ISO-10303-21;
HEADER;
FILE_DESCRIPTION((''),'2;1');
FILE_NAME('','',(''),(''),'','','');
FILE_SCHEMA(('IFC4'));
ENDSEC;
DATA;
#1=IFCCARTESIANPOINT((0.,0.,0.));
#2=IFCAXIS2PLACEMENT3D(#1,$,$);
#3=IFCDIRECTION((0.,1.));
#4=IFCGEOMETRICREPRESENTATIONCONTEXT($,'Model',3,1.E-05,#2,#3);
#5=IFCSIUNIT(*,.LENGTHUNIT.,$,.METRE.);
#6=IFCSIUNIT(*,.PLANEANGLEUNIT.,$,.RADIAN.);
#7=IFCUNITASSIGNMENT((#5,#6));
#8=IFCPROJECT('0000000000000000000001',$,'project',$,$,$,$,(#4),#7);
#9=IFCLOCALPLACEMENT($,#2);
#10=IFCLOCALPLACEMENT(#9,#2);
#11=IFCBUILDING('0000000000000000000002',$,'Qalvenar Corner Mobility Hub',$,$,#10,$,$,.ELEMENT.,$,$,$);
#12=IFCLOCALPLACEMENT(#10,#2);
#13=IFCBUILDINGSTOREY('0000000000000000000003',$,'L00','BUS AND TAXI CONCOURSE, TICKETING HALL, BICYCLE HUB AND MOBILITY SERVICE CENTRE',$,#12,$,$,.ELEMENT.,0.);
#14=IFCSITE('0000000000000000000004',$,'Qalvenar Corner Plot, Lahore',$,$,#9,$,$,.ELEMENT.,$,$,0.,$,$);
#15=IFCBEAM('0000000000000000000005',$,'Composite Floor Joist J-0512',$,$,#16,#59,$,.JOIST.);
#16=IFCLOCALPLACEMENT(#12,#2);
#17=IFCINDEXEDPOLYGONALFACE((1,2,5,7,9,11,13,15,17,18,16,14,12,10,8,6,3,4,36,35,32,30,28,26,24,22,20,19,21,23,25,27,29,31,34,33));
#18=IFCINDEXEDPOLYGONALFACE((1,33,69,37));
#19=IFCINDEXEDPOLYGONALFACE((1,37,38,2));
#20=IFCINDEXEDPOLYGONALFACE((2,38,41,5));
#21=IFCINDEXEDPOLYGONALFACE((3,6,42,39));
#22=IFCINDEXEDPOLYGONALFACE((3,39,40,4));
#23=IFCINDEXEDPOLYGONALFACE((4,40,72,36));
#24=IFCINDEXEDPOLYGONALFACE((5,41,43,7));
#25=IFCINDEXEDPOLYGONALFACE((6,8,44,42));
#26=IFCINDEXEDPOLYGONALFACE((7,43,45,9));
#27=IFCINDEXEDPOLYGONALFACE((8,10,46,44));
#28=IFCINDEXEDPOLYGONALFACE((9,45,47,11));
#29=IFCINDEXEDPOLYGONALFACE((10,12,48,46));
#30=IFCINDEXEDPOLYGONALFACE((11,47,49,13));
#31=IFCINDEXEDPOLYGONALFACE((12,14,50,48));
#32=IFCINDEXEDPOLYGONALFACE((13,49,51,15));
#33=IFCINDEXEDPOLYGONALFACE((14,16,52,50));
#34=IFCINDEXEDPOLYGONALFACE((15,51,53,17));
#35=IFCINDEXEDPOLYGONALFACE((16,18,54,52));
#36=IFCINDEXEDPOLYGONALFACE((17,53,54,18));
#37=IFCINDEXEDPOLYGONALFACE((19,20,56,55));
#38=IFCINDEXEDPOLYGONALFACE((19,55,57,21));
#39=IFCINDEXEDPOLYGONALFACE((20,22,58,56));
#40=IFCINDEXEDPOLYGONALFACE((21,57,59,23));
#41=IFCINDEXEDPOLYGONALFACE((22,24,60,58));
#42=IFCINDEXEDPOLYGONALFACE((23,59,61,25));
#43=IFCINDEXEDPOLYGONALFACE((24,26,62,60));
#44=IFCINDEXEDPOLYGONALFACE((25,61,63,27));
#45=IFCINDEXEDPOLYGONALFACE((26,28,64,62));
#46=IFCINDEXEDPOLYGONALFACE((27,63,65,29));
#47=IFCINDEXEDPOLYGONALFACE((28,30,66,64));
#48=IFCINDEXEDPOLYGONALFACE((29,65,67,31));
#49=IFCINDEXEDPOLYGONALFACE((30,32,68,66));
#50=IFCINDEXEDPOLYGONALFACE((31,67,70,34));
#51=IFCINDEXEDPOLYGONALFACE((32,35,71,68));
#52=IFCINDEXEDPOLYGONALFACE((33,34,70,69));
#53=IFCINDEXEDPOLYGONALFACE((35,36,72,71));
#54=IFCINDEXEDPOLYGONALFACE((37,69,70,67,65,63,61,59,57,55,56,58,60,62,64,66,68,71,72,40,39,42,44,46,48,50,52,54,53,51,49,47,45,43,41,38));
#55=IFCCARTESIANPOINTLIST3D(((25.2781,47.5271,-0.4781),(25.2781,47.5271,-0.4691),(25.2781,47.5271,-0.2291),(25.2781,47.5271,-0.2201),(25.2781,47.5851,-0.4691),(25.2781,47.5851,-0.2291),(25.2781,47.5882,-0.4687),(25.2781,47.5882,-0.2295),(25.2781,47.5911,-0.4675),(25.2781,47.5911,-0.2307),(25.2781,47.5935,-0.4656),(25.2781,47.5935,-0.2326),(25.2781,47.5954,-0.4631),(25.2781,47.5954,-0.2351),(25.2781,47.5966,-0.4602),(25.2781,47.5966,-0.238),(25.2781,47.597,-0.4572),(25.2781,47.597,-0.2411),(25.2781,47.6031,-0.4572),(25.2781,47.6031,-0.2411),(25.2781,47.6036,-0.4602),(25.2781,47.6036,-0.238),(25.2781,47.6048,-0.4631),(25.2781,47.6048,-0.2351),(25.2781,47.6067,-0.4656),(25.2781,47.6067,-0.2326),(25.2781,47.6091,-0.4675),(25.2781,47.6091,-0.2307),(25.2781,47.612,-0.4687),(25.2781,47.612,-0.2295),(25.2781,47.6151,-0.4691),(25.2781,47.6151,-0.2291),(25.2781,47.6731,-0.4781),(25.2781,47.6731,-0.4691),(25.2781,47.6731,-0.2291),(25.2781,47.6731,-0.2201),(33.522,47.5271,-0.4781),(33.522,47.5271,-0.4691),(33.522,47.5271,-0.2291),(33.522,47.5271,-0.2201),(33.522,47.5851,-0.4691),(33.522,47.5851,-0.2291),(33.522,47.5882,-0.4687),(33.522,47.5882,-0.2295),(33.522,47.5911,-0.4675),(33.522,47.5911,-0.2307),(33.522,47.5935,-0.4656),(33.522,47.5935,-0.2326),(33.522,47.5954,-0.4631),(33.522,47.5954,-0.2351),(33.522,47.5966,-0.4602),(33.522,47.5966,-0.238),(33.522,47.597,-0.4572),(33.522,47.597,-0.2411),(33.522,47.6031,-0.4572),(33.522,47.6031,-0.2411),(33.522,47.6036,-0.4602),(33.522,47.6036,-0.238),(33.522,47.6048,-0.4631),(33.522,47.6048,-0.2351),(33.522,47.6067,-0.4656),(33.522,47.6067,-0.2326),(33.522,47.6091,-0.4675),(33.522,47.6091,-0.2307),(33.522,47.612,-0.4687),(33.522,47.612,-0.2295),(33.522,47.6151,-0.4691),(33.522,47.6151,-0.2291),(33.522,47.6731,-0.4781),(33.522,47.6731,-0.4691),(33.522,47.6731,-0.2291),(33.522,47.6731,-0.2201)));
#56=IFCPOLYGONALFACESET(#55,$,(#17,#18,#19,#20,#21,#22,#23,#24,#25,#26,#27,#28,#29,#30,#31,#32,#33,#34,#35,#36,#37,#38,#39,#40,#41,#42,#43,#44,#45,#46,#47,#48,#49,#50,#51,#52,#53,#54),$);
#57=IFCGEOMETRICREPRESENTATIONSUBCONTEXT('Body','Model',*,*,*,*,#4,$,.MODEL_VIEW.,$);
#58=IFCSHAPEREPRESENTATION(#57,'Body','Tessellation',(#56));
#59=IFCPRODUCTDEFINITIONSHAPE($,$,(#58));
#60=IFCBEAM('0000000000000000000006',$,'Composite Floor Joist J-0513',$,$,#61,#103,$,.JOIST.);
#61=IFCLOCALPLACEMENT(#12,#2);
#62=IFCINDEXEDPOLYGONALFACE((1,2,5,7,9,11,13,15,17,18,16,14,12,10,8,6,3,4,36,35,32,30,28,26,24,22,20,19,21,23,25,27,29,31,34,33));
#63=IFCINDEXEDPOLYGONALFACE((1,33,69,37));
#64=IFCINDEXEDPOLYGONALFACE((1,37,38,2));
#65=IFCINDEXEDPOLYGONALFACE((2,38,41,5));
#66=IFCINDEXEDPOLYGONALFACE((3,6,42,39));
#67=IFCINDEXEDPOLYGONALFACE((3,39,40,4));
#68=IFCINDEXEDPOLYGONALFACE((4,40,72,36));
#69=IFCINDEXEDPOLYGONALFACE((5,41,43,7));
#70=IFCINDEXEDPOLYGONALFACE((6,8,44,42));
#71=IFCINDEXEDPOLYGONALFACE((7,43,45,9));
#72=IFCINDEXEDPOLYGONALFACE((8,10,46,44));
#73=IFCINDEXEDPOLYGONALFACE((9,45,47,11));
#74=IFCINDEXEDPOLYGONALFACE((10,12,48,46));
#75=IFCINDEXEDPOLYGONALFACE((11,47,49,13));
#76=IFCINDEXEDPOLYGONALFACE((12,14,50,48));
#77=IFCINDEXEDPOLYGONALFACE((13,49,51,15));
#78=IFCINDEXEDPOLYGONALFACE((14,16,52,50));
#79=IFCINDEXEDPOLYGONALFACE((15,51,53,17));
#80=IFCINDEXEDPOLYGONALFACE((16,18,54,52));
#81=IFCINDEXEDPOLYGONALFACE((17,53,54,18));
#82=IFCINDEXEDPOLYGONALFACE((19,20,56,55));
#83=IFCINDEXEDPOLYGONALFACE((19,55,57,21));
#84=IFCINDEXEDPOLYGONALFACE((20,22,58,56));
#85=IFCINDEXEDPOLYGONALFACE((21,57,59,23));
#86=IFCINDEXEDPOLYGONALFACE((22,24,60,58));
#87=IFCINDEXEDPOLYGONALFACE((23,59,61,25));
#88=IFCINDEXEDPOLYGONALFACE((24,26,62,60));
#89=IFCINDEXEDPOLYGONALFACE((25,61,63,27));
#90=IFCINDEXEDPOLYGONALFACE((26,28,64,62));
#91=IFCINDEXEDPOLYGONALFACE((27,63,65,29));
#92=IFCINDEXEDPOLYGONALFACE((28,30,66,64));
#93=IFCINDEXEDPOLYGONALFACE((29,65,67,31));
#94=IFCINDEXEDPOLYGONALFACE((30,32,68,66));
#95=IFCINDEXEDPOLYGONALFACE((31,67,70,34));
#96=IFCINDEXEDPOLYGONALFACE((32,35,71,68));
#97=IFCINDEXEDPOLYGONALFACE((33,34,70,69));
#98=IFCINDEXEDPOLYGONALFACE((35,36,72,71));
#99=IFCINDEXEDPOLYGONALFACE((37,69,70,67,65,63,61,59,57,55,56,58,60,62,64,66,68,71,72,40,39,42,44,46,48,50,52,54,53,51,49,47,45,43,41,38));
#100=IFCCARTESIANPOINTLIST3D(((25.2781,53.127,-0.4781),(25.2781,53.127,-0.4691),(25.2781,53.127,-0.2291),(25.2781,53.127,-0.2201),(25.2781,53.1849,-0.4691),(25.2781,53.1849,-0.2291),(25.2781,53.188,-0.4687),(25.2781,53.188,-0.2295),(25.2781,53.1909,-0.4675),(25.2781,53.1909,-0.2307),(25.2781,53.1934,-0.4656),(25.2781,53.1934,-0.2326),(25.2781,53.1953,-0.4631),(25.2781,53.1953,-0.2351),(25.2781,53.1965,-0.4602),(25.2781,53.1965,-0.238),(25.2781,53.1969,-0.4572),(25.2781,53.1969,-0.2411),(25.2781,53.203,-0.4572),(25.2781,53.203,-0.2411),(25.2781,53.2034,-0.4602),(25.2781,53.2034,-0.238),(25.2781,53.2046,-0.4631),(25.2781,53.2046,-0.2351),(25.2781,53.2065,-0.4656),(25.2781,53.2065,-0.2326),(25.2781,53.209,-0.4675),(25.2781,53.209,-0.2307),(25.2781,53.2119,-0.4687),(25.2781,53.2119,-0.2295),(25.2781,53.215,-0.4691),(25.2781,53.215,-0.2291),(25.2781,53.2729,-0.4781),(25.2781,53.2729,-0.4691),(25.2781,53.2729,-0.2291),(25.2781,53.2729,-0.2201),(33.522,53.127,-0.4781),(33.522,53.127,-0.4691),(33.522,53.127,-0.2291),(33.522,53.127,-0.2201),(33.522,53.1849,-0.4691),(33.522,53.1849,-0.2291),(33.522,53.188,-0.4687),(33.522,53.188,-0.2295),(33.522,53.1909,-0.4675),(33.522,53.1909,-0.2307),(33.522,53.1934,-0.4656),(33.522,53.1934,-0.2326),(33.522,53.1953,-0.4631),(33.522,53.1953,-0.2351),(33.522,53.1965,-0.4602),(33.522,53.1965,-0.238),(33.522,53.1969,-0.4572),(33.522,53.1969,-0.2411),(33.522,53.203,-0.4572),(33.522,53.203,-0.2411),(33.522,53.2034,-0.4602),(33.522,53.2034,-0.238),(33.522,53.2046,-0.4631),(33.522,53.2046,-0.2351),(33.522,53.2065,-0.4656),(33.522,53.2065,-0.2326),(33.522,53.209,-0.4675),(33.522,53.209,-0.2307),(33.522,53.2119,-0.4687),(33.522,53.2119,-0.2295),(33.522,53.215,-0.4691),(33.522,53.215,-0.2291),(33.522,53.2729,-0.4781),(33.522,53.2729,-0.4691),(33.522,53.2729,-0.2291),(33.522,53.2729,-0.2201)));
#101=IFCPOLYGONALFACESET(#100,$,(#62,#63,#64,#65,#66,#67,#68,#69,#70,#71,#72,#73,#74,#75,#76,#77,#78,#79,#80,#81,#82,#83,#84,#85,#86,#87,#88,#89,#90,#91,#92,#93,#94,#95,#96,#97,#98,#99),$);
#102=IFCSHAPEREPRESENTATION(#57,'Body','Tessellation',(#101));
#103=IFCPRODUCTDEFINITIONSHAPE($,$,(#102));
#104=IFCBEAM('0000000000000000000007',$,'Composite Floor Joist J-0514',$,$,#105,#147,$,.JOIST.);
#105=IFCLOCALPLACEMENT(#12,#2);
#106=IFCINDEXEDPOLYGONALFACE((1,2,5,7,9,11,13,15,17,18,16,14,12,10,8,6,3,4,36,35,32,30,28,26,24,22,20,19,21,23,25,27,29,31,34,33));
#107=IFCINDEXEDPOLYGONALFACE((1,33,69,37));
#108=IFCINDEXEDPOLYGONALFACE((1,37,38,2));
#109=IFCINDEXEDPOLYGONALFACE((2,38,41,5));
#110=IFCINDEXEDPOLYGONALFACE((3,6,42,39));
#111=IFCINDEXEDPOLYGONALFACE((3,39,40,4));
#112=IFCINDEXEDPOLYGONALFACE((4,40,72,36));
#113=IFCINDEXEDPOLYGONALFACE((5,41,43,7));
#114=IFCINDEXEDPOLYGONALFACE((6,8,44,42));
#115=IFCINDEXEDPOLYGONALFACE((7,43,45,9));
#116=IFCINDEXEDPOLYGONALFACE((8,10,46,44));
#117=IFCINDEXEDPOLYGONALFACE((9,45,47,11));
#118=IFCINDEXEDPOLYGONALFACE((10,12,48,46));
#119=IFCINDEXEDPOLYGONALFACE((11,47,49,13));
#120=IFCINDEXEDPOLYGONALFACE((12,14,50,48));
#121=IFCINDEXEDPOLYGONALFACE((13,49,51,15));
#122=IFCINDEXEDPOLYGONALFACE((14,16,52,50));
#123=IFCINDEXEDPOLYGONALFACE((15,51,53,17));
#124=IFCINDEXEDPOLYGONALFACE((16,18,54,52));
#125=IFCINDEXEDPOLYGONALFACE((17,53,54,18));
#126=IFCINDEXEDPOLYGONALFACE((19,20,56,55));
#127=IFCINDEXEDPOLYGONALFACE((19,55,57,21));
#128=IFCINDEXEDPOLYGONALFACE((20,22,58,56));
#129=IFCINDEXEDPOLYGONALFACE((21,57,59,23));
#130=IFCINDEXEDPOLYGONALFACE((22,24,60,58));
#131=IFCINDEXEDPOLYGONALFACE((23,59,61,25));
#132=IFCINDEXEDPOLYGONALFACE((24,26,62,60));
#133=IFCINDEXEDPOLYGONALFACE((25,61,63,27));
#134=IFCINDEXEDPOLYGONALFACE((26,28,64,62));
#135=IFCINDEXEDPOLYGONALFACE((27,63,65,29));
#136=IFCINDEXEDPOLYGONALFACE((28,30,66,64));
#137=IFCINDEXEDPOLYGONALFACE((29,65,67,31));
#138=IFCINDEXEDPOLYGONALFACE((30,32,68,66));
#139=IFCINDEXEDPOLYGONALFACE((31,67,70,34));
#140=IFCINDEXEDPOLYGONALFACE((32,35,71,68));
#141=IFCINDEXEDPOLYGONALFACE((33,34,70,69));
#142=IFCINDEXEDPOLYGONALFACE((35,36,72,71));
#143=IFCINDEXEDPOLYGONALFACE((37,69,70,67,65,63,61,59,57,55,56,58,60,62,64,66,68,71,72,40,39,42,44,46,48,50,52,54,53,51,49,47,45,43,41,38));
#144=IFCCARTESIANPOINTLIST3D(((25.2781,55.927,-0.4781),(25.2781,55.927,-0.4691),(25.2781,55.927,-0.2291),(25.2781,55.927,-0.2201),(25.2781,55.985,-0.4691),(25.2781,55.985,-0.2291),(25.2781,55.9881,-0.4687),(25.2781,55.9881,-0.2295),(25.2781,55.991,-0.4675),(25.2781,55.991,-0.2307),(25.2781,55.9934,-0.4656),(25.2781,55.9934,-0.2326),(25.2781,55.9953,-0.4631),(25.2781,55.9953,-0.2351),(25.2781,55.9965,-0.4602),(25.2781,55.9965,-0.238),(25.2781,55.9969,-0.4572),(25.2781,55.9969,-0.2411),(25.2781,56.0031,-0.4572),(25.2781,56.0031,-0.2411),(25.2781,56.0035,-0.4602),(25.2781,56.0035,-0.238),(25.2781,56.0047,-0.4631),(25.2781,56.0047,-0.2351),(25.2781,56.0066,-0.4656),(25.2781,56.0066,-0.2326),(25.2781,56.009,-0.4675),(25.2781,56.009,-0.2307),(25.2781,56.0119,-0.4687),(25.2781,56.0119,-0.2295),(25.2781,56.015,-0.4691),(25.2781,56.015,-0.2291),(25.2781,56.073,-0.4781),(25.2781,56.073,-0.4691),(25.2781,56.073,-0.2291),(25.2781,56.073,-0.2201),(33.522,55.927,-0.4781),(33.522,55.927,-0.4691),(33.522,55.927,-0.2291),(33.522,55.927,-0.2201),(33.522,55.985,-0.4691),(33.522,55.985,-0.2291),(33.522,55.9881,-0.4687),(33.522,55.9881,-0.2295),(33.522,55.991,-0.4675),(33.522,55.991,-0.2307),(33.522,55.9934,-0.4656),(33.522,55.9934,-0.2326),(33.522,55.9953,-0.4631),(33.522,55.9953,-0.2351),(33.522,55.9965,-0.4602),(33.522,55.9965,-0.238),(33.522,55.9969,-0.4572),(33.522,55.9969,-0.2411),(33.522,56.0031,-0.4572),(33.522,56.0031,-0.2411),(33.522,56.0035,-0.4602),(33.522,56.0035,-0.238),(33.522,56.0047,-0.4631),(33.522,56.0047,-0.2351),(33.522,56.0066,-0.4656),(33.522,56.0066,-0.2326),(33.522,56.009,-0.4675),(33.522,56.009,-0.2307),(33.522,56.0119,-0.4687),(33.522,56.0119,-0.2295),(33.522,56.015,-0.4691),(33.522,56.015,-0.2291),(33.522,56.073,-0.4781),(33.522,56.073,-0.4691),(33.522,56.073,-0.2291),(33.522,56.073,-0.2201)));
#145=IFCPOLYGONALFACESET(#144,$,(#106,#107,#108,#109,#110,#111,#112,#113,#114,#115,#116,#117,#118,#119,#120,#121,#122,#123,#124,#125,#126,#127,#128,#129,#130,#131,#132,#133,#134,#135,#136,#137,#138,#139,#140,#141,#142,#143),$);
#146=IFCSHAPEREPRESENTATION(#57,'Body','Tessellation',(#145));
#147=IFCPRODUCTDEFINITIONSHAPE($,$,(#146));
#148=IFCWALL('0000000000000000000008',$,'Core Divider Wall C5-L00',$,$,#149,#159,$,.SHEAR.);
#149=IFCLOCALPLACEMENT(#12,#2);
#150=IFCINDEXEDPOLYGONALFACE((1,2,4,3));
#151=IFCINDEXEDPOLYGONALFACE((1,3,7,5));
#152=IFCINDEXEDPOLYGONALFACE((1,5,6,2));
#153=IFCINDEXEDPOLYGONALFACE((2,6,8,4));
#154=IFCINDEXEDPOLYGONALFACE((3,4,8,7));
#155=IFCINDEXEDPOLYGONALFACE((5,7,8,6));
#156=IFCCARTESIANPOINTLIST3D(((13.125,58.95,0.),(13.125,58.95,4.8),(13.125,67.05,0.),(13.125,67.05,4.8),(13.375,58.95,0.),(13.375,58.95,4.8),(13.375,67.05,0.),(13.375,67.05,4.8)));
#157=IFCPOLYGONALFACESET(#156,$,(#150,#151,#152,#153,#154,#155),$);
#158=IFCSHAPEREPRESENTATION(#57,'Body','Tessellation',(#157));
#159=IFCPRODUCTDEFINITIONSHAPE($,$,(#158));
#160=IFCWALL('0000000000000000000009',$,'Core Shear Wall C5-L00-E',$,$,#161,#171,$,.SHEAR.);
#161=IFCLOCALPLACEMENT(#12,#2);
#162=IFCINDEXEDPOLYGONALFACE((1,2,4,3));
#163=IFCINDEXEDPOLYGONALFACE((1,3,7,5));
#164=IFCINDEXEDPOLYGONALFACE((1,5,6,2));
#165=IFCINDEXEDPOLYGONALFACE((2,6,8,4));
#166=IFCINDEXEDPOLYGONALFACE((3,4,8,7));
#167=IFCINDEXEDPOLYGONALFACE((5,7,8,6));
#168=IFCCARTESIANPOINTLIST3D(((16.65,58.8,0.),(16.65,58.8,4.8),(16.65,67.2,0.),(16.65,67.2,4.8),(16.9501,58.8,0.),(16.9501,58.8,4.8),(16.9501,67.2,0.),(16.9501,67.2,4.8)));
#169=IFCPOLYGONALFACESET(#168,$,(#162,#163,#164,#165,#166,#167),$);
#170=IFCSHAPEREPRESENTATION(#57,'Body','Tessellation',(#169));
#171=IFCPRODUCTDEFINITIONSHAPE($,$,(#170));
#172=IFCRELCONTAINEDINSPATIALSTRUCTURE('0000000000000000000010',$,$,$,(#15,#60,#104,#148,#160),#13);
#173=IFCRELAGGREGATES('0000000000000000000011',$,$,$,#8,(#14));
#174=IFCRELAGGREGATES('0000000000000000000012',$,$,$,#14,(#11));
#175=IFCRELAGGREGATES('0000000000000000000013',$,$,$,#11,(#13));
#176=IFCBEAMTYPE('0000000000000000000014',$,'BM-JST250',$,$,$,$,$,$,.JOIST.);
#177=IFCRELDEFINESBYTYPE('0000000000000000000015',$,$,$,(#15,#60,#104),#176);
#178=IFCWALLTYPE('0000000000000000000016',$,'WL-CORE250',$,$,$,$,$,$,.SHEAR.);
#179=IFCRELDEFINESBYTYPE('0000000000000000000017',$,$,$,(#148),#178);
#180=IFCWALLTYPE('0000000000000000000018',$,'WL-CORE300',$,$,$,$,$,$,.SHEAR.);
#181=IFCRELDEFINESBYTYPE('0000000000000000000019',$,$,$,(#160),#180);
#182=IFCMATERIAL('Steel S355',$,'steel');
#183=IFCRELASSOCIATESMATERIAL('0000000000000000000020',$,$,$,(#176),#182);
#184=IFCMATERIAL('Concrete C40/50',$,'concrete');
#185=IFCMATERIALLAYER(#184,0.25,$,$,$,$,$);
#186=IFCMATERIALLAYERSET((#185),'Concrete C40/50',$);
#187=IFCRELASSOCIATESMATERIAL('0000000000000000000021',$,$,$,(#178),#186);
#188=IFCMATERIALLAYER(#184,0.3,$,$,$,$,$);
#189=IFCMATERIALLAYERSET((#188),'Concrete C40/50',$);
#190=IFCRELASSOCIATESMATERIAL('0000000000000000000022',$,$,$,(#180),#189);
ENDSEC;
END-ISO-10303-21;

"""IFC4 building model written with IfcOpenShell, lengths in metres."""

from ifc_helpers import new_model, si_unit, direction, frame, frame_2d, origin, origin_2d, place, context, subcontext, project, spatial, rectangle, i_section, extrude, material, layer, layer_set, material_profile, profile_set, type_object, element, save


model = new_model("IFC4")

# Units and contexts
model_context = context("Model", 3, precision=1e-05, world=origin(), true_north=direction((0.0, 1.0)))
body_context = subcontext(model_context, "Body", "Model", "MODEL_VIEW")
ifc_project = project(units=[si_unit("LENGTHUNIT", "METRE"), si_unit("PLANEANGLEUNIT", "RADIAN")], contexts=[model_context])

# Site, building, storey
site_placement = place(None, origin())
site = spatial("IfcSite", under=ifc_project, at=site_placement, Name="Qalvenar Corner Plot, Lahore", CompositionType="ELEMENT", RefElevation=0.0)
building_placement = place(site_placement, origin())
building = spatial("IfcBuilding", under=site, at=building_placement, Name="Qalvenar Corner Mobility Hub", CompositionType="ELEMENT")
storey_placement = place(building_placement, origin())
storey = spatial("IfcBuildingStorey", under=building, at=storey_placement, Name="L00", Description="BUS AND TAXI CONCOURSE, TICKETING HALL, BICYCLE HUB AND MOBILITY SERVICE CENTRE", CompositionType="ELEMENT", Elevation=0.0)

# Shared definitions
ifc_material_1 = material(Name="Steel S355", Category="steel")

# Beams
ifc_material_profile_1 = material_profile(ifc_material_1, i_section(OverallWidth=0.146, OverallDepth=0.2581, WebThickness=0.0061, FlangeThickness=0.009, FilletRadius=0.012, at=origin_2d()), Name="W250x32.7")
ifc_profile_set_1 = profile_set([ifc_material_profile_1], Name="Steel S355")
beam_type_1 = type_object("IfcBeamType", Name="BM-JST250", PredefinedType="JOIST", material=ifc_profile_set_1)
for number, where, z_axis, x_axis, name in (
    (1, (25.2781, 47.6001, -0.3491), (1.0, 0.0, 0.0), (0.0, 1.0, 0.0), "Composite Floor Joist J-0512"),
    (2, (25.2781, 53.2, -0.3491), (1.0, 0.0, 0.0), (0.0, 1.0, 0.0), "Composite Floor Joist J-0513"),
    (3, (25.2781, 56.0, -0.3491), (1.0, 0.0, 0.0), (0.0, 1.0, 0.0), "Composite Floor Joist J-0514"),
):
    element("IfcBeam", number, at=place(storey_placement, frame(where, z_axis=z_axis, x_axis=x_axis)), inside=storey, type_object=beam_type_1, Name=name, PredefinedType="JOIST", context=body_context, shape_type="SweptSolid", body=[
        extrude(i_section(OverallWidth=0.146, OverallDepth=0.2581, WebThickness=0.0061, FlangeThickness=0.009, FilletRadius=0.012, at=origin_2d()), origin(), (0.0, 0.0, 1.0), 8.2439),
    ])

# Walls
ifc_material_2 = material(Name="Concrete C40/50", Category="concrete")
ifc_layer_1 = layer(ifc_material_2, 0.25)
ifc_layer_set_1 = layer_set([ifc_layer_1], Name="Concrete C40/50")
wall_type_1 = type_object("IfcWallType", Name="WL-CORE250", PredefinedType="SHEAR", material=ifc_layer_set_1)
wall_1_placement = place(storey_placement, frame((13.25, 58.95, 0.0), z_axis=(0.0, 0.0, 1.0), x_axis=(0.0, 1.0, 0.0)))
element("IfcWall", 4, at=wall_1_placement, inside=storey, type_object=wall_type_1, Name="Core Divider Wall C5-L00", PredefinedType="SHEAR", context=body_context, shape_type="SweptSolid", body=[
    extrude(rectangle(XDim=8.1001, YDim=0.25, at=frame_2d((4.05, 0.0))), origin(), (0.0, 0.0, 1.0), 4.8),
])
ifc_layer_2 = layer(ifc_material_2, 0.3)
ifc_layer_set_2 = layer_set([ifc_layer_2], Name="Concrete C40/50")
wall_type_2 = type_object("IfcWallType", Name="WL-CORE300", PredefinedType="SHEAR", material=ifc_layer_set_2)
wall_2_placement = place(storey_placement, frame((16.8, 58.8, 0.0), z_axis=(0.0, 0.0, 1.0), x_axis=(0.0, 1.0, 0.0)))
element("IfcWall", 5, at=wall_2_placement, inside=storey, type_object=wall_type_2, Name="Core Shear Wall C5-L00-E", PredefinedType="SHEAR", context=body_context, shape_type="SweptSolid", body=[
    extrude(rectangle(XDim=8.3999, YDim=0.3, at=frame_2d((4.2, 0.0))), origin(), (0.0, 0.0, 1.0), 4.8),
])

save(model, "model.ifc")
